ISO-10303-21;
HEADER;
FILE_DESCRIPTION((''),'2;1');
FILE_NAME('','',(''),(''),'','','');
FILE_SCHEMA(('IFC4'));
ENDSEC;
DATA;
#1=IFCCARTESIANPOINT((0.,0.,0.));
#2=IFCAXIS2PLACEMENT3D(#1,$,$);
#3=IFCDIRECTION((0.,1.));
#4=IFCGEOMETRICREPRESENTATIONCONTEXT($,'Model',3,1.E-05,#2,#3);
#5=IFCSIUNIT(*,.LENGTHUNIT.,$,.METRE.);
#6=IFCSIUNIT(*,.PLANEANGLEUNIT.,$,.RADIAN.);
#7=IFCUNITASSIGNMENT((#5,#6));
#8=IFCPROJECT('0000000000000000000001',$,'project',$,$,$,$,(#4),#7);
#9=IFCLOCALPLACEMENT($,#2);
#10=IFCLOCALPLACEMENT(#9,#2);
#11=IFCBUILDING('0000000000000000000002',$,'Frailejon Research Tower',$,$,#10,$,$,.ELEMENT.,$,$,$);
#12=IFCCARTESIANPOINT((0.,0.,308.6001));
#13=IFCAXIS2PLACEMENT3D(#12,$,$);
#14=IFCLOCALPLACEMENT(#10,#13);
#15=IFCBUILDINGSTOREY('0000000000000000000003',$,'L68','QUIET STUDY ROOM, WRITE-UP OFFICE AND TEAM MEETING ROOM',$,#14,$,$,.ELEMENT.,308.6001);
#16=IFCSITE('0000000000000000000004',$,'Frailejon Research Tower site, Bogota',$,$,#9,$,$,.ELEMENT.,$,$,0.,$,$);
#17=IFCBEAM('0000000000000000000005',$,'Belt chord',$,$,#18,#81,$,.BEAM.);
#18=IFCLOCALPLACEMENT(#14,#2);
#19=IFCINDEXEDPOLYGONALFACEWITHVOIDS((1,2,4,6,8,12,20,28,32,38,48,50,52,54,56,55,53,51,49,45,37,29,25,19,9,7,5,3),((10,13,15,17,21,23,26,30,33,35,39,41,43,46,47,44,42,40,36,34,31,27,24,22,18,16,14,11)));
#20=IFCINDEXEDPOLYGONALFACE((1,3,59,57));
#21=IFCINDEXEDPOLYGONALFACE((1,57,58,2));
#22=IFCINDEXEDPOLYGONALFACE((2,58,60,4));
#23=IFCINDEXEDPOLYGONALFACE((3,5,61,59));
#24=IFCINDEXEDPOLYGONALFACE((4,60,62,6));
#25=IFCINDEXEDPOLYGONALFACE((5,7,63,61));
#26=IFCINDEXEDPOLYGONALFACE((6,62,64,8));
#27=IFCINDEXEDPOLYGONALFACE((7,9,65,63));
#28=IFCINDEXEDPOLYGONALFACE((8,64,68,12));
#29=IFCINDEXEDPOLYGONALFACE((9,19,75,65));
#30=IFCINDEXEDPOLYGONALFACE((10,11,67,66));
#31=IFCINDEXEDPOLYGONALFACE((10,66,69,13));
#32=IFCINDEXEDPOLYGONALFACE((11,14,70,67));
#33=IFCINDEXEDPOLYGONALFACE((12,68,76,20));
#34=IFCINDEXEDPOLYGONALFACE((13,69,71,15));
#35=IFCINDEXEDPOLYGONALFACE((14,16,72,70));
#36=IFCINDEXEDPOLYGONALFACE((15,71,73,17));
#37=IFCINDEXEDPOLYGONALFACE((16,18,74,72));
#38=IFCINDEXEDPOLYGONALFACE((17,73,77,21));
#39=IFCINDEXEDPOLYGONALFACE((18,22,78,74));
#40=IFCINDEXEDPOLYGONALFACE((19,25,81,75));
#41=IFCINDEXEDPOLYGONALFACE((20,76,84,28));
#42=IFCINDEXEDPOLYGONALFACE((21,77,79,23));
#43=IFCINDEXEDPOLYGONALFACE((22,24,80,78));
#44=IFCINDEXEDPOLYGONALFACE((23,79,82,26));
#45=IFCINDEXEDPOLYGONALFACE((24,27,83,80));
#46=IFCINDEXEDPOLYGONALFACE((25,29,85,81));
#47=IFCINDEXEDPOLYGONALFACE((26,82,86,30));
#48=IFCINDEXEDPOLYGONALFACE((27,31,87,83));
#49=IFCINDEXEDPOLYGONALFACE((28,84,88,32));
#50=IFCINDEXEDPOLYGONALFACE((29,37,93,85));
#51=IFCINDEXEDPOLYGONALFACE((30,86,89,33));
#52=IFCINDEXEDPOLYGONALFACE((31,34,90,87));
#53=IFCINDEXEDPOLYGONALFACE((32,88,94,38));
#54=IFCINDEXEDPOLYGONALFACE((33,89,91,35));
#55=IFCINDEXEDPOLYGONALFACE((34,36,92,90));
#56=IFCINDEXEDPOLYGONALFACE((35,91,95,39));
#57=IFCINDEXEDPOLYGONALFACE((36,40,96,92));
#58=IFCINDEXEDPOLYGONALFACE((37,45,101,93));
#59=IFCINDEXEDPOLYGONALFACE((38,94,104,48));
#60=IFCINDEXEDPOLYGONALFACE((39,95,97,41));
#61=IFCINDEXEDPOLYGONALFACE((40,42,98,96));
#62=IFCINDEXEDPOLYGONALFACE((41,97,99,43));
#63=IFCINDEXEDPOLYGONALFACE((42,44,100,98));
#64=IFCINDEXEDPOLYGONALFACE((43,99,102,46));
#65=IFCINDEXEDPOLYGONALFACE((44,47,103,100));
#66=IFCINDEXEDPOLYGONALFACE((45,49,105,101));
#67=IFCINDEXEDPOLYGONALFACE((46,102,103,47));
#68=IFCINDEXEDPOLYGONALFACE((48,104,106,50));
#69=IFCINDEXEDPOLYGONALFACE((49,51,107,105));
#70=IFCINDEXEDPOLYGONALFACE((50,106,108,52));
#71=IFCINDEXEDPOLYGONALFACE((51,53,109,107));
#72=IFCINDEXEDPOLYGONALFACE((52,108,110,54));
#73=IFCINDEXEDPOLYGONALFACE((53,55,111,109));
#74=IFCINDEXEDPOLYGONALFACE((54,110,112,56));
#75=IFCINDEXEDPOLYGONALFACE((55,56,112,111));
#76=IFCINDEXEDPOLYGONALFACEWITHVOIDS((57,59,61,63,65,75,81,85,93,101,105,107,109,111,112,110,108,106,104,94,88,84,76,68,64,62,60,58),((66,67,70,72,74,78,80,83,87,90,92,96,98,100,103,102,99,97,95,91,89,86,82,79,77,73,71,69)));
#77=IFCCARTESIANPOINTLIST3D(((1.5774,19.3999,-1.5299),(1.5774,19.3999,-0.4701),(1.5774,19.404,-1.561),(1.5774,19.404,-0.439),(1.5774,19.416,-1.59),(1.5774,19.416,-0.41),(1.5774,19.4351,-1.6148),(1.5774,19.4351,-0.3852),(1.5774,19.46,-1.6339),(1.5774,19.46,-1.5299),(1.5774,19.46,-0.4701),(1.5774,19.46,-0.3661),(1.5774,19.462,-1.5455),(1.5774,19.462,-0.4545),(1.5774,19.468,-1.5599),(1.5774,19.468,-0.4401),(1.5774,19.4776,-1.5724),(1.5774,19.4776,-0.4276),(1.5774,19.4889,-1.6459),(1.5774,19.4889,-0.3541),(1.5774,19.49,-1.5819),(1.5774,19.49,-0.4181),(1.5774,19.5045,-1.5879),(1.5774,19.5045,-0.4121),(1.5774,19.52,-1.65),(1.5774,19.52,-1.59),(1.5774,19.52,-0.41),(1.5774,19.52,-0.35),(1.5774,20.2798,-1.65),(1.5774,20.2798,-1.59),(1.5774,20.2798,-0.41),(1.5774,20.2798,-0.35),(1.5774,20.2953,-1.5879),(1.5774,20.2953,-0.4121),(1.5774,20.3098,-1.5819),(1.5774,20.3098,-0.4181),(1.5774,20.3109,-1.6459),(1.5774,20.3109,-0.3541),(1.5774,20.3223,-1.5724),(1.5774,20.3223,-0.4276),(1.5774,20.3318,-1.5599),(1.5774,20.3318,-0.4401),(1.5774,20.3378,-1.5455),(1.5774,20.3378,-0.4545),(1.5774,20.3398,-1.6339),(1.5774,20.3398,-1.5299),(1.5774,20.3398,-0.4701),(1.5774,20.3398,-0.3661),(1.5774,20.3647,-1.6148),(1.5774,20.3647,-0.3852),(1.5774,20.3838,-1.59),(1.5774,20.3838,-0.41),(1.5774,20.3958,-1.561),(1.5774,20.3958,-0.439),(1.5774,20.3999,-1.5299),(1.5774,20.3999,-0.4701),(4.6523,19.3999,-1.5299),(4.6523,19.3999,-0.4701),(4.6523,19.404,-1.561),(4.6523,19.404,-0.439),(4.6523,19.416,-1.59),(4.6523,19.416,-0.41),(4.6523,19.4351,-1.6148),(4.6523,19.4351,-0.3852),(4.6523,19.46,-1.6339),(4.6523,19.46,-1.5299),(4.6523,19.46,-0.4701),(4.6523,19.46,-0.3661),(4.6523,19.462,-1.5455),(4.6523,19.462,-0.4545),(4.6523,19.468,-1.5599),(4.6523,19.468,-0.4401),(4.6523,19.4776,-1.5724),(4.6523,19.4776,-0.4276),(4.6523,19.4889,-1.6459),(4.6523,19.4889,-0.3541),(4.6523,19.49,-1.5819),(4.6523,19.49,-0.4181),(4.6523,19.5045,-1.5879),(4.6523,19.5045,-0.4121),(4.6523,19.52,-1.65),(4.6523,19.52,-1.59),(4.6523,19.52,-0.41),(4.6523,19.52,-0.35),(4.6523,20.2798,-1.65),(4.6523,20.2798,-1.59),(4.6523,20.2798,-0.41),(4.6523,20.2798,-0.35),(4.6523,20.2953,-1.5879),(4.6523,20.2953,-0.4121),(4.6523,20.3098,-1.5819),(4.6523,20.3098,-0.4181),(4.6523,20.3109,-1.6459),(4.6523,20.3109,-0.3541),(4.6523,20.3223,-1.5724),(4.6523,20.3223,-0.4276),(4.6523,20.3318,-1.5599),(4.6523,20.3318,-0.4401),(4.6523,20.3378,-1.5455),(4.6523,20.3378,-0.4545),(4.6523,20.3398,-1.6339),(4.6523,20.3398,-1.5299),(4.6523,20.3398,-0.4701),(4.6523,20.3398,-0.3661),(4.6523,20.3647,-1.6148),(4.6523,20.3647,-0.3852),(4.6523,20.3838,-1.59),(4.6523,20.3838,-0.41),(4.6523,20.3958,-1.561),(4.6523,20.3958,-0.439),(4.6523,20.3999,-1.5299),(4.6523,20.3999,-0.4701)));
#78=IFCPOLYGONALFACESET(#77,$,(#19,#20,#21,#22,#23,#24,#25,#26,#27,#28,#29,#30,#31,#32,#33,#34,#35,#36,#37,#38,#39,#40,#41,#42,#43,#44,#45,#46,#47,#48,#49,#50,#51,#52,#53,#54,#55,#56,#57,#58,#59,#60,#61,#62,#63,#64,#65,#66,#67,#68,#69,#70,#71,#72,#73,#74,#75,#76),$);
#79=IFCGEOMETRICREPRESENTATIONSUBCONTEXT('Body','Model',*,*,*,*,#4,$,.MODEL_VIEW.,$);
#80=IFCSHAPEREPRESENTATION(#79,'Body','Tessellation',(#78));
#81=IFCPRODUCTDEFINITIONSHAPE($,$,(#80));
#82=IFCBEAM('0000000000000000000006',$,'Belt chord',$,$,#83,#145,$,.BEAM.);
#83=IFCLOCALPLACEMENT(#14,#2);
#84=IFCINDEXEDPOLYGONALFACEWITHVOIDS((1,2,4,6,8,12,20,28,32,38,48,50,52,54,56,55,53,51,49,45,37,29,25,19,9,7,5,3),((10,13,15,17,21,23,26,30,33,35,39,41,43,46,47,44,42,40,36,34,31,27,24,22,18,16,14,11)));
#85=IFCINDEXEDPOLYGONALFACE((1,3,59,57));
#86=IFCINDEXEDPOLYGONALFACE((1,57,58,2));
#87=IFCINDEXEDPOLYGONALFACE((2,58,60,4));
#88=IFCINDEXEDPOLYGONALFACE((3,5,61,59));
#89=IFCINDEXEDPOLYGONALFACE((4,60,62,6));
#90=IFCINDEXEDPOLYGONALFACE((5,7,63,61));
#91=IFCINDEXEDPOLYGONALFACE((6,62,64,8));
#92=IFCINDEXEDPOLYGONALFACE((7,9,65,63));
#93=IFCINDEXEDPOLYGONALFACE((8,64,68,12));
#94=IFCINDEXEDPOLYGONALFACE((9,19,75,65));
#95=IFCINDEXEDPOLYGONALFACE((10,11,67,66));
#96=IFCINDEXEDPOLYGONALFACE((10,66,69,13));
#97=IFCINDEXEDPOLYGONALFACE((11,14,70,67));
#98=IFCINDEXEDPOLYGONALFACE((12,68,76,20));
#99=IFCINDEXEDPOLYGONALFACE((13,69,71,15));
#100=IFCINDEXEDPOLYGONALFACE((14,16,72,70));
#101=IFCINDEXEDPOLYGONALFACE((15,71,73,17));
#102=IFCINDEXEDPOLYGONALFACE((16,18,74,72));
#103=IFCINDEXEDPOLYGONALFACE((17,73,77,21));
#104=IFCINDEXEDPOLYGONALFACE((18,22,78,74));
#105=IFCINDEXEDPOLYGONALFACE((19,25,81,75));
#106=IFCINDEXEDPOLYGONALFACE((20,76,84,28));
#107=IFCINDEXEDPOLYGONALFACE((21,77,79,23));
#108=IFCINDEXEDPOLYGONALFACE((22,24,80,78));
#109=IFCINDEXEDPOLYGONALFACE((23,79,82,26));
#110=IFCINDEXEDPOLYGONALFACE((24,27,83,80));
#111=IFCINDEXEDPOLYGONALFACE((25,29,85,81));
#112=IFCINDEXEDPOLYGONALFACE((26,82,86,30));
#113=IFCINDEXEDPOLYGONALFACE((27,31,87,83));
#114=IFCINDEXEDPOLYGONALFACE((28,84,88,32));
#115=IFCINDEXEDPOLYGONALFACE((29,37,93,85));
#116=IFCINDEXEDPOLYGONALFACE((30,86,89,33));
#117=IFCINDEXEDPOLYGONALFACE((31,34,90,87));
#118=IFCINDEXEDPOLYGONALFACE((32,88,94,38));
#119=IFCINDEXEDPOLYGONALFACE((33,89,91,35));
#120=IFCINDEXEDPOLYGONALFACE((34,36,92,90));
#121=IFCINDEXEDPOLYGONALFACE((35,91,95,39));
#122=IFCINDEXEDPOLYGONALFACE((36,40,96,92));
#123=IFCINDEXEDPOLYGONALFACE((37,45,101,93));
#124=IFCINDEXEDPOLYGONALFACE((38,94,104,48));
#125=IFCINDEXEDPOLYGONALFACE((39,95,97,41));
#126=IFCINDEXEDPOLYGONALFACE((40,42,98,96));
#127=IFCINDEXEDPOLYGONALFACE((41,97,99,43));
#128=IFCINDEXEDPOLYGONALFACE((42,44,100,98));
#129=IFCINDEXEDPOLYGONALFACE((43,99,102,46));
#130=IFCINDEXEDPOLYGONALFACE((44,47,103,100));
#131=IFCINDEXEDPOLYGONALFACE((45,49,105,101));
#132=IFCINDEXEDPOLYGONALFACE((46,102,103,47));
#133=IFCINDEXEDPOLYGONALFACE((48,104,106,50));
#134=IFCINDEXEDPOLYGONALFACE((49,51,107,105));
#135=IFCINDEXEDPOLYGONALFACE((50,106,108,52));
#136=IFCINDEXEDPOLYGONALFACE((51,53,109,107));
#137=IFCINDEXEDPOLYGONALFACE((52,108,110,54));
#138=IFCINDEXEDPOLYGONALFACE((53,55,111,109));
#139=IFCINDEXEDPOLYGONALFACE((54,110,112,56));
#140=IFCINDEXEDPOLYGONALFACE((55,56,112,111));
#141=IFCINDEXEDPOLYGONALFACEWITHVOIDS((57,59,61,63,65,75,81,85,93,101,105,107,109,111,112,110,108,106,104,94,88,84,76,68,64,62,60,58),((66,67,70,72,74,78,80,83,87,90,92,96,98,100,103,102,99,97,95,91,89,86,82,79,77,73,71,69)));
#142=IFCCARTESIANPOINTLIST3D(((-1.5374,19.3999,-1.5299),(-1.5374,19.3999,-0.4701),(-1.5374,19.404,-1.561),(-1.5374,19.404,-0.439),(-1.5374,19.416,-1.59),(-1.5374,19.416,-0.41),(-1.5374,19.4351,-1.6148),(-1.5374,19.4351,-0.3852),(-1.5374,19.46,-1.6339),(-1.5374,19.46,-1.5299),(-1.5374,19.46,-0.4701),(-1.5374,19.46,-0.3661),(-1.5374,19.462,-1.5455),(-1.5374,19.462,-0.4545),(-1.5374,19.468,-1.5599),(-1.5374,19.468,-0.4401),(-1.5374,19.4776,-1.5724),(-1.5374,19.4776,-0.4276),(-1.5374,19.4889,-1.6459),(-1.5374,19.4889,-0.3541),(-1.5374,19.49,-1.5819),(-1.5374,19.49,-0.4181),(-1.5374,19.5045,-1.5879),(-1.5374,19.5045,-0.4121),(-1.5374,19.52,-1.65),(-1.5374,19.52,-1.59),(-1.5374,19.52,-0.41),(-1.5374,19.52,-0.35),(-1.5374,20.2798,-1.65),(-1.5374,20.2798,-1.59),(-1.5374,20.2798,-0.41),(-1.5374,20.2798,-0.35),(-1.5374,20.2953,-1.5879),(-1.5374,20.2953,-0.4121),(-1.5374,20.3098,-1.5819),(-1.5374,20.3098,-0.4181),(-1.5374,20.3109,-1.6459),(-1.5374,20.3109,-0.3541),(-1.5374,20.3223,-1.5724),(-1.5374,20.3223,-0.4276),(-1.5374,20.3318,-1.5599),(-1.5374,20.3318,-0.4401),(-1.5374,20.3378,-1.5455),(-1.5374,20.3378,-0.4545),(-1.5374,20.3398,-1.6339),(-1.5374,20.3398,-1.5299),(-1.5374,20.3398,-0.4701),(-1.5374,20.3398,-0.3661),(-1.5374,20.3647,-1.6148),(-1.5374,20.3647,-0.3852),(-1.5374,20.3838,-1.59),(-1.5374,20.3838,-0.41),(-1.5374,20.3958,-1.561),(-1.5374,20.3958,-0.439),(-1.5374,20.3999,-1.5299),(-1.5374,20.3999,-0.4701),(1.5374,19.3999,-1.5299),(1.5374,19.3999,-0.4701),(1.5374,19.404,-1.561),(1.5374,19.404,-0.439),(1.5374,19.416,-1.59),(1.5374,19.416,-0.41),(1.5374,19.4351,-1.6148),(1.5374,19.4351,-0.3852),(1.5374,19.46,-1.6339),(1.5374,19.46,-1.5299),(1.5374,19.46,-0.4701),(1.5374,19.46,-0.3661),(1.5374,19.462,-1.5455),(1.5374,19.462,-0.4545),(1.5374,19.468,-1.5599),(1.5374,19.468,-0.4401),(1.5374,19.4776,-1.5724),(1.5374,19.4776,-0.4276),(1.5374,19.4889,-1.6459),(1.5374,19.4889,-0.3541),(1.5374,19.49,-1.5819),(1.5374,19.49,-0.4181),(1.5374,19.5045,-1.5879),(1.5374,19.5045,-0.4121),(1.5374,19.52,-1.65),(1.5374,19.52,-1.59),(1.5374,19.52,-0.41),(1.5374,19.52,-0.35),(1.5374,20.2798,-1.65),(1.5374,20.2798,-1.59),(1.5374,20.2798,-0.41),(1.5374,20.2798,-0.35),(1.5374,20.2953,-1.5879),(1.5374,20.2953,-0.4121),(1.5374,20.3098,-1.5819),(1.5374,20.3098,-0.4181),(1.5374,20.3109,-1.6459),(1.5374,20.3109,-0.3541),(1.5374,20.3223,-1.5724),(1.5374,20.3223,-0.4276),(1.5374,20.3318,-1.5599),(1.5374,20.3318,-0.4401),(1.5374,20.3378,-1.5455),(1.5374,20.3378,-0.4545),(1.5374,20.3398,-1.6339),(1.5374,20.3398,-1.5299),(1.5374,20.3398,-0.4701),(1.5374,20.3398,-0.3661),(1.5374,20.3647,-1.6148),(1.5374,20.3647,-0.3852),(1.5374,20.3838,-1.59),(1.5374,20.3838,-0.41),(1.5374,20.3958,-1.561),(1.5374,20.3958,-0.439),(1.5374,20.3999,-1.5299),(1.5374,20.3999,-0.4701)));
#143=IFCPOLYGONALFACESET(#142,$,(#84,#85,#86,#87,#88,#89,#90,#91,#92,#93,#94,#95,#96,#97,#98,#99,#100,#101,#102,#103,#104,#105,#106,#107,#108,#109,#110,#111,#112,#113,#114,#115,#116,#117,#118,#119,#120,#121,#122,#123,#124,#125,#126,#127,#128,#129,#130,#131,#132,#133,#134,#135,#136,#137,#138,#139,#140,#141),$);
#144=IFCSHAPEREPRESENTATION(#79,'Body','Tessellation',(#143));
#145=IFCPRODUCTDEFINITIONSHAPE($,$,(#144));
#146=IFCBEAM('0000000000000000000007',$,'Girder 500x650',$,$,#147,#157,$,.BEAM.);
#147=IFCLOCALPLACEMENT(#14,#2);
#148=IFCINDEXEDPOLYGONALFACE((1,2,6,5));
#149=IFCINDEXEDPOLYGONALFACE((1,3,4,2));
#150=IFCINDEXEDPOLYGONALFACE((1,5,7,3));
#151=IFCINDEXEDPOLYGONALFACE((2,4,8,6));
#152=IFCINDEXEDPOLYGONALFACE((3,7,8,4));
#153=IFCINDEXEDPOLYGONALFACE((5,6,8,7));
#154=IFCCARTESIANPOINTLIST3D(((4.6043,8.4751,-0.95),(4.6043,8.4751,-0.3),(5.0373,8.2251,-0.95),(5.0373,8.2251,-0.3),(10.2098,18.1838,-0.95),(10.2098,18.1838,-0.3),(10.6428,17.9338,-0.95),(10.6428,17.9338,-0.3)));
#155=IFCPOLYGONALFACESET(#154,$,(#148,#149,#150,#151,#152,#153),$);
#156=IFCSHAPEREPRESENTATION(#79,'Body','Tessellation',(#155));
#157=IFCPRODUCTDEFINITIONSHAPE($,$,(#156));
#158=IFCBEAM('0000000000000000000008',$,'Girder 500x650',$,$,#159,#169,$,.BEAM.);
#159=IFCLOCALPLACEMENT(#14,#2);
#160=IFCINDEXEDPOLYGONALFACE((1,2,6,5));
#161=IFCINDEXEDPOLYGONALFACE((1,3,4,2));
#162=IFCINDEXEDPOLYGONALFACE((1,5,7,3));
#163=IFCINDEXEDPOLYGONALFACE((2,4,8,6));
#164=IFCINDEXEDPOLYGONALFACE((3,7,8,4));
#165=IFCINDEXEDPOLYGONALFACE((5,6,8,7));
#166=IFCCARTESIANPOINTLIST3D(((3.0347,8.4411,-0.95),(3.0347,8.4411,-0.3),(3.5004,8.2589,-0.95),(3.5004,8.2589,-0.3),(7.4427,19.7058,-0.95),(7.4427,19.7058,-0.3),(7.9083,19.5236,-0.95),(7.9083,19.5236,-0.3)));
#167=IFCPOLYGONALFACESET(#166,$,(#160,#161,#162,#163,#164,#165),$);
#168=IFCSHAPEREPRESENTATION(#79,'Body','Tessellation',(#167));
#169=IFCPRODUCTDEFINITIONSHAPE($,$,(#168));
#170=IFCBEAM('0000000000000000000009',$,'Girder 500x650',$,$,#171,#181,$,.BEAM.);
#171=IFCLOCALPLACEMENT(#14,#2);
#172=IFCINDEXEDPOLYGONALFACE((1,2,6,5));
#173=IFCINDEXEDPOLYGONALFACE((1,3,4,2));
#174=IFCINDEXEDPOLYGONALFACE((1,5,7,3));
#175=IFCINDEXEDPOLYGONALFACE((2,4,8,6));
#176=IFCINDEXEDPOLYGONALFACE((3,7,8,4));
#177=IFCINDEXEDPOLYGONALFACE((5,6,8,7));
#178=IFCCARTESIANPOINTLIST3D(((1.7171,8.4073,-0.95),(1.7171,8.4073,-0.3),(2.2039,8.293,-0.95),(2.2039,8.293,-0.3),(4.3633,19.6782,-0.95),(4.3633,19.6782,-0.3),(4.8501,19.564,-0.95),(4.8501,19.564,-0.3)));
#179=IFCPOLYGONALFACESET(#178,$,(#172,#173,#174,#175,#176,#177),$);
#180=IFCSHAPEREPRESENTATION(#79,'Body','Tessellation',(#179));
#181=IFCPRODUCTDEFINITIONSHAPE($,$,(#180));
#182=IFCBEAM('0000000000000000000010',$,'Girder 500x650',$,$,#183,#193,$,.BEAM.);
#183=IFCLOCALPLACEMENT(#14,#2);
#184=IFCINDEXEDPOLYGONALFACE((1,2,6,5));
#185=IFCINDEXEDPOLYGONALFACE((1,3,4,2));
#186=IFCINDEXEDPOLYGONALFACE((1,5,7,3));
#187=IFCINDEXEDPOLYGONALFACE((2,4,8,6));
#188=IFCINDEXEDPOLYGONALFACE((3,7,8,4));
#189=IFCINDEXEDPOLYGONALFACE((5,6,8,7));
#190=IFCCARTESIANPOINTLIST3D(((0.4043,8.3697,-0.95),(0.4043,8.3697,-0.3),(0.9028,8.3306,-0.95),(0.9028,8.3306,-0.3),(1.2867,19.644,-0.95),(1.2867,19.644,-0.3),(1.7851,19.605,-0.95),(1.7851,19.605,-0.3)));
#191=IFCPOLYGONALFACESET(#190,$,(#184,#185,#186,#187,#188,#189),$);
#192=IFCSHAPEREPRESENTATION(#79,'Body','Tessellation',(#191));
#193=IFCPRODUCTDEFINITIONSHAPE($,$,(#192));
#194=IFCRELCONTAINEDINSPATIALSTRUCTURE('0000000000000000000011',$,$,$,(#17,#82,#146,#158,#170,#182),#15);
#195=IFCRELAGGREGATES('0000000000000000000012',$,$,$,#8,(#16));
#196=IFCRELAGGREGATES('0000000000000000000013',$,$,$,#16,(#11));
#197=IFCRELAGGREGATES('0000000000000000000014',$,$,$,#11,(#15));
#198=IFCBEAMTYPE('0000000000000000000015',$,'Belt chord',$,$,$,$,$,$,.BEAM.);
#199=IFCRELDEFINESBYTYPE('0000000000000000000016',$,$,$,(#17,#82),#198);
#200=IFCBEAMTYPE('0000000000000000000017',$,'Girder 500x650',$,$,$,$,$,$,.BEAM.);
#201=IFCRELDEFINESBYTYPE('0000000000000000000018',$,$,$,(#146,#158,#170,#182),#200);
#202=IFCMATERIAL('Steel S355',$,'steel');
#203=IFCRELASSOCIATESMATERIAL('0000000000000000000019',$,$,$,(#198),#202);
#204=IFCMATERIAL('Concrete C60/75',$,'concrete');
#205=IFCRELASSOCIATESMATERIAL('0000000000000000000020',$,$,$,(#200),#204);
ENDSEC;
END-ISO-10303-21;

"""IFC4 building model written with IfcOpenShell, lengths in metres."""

from ifc_helpers import new_model, si_unit, direction, frame, origin, origin_2d, place, context, subcontext, project, spatial, rectangle, hollow_rectangle, extrude, material, material_profile, profile_set, type_object, element, save


model = new_model("IFC4")

# Units and contexts
model_context = context("Model", 3, precision=1e-05, world=origin(), true_north=direction((0.0, 1.0)))
body_context = subcontext(model_context, "Body", "Model", "MODEL_VIEW")
ifc_project = project(units=[si_unit("LENGTHUNIT", "METRE"), si_unit("PLANEANGLEUNIT", "RADIAN")], contexts=[model_context])

# Site, building, storey
site_placement = place(None, origin())
site = spatial("IfcSite", under=ifc_project, at=site_placement, Name="Frailejon Research Tower site, Bogota", CompositionType="ELEMENT", RefElevation=0.0)
building_placement = place(site_placement, origin())
building = spatial("IfcBuilding", under=site, at=building_placement, Name="Frailejon Research Tower", CompositionType="ELEMENT")
storey_placement = place(building_placement, frame((0.0, 0.0, 308.6001)))
storey = spatial("IfcBuildingStorey", under=building, at=storey_placement, Name="L68", Description="QUIET STUDY ROOM, WRITE-UP OFFICE AND TEAM MEETING ROOM", CompositionType="ELEMENT", Elevation=308.6001)

# Beams
ifc_material_1 = material(Name="Steel S355", Category="steel")
ifc_material_profile_1 = material_profile(ifc_material_1, hollow_rectangle(XDim=1.0, YDim=1.3, WallThickness=0.0601, InnerFilletRadius=0.0601, OuterFilletRadius=0.1201, at=origin_2d()), Name="Belt chord")
ifc_profile_set_1 = profile_set([ifc_material_profile_1], Name="Steel S355")
beam_type_1 = type_object("IfcBeamType", Name="Belt chord", PredefinedType="BEAM", material=ifc_profile_set_1)
beam_1_placement = place(storey_placement, frame((4.6523, 19.8999, -1.0), z_axis=(-1.0, 0.0, 0.0), x_axis=(0.0, -1.0, 0.0)))
element("IfcBeam", 1, at=beam_1_placement, inside=storey, type_object=beam_type_1, Name="Belt chord", PredefinedType="BEAM", context=body_context, shape_type="SweptSolid", body=[
    extrude(hollow_rectangle(XDim=1.0, YDim=1.3, WallThickness=0.0601, InnerFilletRadius=0.0601, OuterFilletRadius=0.1201, at=origin_2d()), origin(), (0.0, 0.0, 1.0), 3.075),
])
beam_2_placement = place(storey_placement, frame((1.5374, 19.8999, -1.0), z_axis=(-1.0, 0.0, 0.0), x_axis=(0.0, -1.0, 0.0)))
element("IfcBeam", 2, at=beam_2_placement, inside=storey, type_object=beam_type_1, Name="Belt chord", PredefinedType="BEAM", context=body_context, shape_type="SweptSolid", body=[
    extrude(hollow_rectangle(XDim=1.0, YDim=1.3, WallThickness=0.0601, InnerFilletRadius=0.0601, OuterFilletRadius=0.1201, at=origin_2d()), origin(), (0.0, 0.0, 1.0), 3.0747),
])
ifc_material_2 = material(Name="Concrete C60/75", Category="concrete")
ifc_material_profile_2 = material_profile(ifc_material_2, rectangle(XDim=0.5, YDim=0.6499, at=origin_2d()), Name="Girder 500x650")
ifc_profile_set_2 = profile_set([ifc_material_profile_2], Name="Concrete C60/75")
beam_type_2 = type_object("IfcBeamType", Name="Girder 500x650", PredefinedType="BEAM", material=ifc_profile_set_2)
beam_3_placement = place(storey_placement, frame((10.4263, 18.0588, -0.625), z_axis=(-0.500008, -0.866021, 0.0), x_axis=(0.866021, -0.500008, 0.0)))
element("IfcBeam", 3, at=beam_3_placement, inside=storey, type_object=beam_type_2, Name="Girder 500x650", PredefinedType="BEAM", context=body_context, shape_type="SweptSolid", body=[
    extrude(rectangle(XDim=0.5, YDim=0.6499, at=origin_2d()), origin(), (0.0, 0.0, 1.0), 11.2107),
])
beam_4_placement = place(storey_placement, frame((7.6755, 19.6147, -0.625), z_axis=(-0.364403, -0.931241, 0.0), x_axis=(0.931241, -0.364403, 0.0)))
element("IfcBeam", 4, at=beam_4_placement, inside=storey, type_object=beam_type_2, Name="Girder 500x650", PredefinedType="BEAM", context=body_context, shape_type="SweptSolid", body=[
    extrude(rectangle(XDim=0.5, YDim=0.6499, at=origin_2d()), origin(), (0.0, 0.0, 1.0), 12.0964),
])
beam_5_placement = place(storey_placement, frame((4.6067, 19.6211, -0.625), z_axis=(-0.228568, -0.973528, 0.0), x_axis=(0.973528, -0.228568, 0.0)))
element("IfcBeam", 5, at=beam_5_placement, inside=storey, type_object=beam_type_2, Name="Girder 500x650", PredefinedType="BEAM", context=body_context, shape_type="SweptSolid", body=[
    extrude(rectangle(XDim=0.5, YDim=0.6499, at=origin_2d()), origin(), (0.0, 0.0, 1.0), 11.5774),
])
beam_6_placement = place(storey_placement, frame((1.5359, 19.6245, -0.625), z_axis=(-0.07802, -0.996952, 0.0), x_axis=(0.996952, -0.07802, 0.0)))
element("IfcBeam", 6, at=beam_6_placement, inside=storey, type_object=beam_type_2, Name="Girder 500x650", PredefinedType="BEAM", context=body_context, shape_type="SweptSolid", body=[
    extrude(rectangle(XDim=0.5, YDim=0.6499, at=origin_2d()), origin(), (0.0, 0.0, 1.0), 11.3088),
])

save(model, "model.ifc")
